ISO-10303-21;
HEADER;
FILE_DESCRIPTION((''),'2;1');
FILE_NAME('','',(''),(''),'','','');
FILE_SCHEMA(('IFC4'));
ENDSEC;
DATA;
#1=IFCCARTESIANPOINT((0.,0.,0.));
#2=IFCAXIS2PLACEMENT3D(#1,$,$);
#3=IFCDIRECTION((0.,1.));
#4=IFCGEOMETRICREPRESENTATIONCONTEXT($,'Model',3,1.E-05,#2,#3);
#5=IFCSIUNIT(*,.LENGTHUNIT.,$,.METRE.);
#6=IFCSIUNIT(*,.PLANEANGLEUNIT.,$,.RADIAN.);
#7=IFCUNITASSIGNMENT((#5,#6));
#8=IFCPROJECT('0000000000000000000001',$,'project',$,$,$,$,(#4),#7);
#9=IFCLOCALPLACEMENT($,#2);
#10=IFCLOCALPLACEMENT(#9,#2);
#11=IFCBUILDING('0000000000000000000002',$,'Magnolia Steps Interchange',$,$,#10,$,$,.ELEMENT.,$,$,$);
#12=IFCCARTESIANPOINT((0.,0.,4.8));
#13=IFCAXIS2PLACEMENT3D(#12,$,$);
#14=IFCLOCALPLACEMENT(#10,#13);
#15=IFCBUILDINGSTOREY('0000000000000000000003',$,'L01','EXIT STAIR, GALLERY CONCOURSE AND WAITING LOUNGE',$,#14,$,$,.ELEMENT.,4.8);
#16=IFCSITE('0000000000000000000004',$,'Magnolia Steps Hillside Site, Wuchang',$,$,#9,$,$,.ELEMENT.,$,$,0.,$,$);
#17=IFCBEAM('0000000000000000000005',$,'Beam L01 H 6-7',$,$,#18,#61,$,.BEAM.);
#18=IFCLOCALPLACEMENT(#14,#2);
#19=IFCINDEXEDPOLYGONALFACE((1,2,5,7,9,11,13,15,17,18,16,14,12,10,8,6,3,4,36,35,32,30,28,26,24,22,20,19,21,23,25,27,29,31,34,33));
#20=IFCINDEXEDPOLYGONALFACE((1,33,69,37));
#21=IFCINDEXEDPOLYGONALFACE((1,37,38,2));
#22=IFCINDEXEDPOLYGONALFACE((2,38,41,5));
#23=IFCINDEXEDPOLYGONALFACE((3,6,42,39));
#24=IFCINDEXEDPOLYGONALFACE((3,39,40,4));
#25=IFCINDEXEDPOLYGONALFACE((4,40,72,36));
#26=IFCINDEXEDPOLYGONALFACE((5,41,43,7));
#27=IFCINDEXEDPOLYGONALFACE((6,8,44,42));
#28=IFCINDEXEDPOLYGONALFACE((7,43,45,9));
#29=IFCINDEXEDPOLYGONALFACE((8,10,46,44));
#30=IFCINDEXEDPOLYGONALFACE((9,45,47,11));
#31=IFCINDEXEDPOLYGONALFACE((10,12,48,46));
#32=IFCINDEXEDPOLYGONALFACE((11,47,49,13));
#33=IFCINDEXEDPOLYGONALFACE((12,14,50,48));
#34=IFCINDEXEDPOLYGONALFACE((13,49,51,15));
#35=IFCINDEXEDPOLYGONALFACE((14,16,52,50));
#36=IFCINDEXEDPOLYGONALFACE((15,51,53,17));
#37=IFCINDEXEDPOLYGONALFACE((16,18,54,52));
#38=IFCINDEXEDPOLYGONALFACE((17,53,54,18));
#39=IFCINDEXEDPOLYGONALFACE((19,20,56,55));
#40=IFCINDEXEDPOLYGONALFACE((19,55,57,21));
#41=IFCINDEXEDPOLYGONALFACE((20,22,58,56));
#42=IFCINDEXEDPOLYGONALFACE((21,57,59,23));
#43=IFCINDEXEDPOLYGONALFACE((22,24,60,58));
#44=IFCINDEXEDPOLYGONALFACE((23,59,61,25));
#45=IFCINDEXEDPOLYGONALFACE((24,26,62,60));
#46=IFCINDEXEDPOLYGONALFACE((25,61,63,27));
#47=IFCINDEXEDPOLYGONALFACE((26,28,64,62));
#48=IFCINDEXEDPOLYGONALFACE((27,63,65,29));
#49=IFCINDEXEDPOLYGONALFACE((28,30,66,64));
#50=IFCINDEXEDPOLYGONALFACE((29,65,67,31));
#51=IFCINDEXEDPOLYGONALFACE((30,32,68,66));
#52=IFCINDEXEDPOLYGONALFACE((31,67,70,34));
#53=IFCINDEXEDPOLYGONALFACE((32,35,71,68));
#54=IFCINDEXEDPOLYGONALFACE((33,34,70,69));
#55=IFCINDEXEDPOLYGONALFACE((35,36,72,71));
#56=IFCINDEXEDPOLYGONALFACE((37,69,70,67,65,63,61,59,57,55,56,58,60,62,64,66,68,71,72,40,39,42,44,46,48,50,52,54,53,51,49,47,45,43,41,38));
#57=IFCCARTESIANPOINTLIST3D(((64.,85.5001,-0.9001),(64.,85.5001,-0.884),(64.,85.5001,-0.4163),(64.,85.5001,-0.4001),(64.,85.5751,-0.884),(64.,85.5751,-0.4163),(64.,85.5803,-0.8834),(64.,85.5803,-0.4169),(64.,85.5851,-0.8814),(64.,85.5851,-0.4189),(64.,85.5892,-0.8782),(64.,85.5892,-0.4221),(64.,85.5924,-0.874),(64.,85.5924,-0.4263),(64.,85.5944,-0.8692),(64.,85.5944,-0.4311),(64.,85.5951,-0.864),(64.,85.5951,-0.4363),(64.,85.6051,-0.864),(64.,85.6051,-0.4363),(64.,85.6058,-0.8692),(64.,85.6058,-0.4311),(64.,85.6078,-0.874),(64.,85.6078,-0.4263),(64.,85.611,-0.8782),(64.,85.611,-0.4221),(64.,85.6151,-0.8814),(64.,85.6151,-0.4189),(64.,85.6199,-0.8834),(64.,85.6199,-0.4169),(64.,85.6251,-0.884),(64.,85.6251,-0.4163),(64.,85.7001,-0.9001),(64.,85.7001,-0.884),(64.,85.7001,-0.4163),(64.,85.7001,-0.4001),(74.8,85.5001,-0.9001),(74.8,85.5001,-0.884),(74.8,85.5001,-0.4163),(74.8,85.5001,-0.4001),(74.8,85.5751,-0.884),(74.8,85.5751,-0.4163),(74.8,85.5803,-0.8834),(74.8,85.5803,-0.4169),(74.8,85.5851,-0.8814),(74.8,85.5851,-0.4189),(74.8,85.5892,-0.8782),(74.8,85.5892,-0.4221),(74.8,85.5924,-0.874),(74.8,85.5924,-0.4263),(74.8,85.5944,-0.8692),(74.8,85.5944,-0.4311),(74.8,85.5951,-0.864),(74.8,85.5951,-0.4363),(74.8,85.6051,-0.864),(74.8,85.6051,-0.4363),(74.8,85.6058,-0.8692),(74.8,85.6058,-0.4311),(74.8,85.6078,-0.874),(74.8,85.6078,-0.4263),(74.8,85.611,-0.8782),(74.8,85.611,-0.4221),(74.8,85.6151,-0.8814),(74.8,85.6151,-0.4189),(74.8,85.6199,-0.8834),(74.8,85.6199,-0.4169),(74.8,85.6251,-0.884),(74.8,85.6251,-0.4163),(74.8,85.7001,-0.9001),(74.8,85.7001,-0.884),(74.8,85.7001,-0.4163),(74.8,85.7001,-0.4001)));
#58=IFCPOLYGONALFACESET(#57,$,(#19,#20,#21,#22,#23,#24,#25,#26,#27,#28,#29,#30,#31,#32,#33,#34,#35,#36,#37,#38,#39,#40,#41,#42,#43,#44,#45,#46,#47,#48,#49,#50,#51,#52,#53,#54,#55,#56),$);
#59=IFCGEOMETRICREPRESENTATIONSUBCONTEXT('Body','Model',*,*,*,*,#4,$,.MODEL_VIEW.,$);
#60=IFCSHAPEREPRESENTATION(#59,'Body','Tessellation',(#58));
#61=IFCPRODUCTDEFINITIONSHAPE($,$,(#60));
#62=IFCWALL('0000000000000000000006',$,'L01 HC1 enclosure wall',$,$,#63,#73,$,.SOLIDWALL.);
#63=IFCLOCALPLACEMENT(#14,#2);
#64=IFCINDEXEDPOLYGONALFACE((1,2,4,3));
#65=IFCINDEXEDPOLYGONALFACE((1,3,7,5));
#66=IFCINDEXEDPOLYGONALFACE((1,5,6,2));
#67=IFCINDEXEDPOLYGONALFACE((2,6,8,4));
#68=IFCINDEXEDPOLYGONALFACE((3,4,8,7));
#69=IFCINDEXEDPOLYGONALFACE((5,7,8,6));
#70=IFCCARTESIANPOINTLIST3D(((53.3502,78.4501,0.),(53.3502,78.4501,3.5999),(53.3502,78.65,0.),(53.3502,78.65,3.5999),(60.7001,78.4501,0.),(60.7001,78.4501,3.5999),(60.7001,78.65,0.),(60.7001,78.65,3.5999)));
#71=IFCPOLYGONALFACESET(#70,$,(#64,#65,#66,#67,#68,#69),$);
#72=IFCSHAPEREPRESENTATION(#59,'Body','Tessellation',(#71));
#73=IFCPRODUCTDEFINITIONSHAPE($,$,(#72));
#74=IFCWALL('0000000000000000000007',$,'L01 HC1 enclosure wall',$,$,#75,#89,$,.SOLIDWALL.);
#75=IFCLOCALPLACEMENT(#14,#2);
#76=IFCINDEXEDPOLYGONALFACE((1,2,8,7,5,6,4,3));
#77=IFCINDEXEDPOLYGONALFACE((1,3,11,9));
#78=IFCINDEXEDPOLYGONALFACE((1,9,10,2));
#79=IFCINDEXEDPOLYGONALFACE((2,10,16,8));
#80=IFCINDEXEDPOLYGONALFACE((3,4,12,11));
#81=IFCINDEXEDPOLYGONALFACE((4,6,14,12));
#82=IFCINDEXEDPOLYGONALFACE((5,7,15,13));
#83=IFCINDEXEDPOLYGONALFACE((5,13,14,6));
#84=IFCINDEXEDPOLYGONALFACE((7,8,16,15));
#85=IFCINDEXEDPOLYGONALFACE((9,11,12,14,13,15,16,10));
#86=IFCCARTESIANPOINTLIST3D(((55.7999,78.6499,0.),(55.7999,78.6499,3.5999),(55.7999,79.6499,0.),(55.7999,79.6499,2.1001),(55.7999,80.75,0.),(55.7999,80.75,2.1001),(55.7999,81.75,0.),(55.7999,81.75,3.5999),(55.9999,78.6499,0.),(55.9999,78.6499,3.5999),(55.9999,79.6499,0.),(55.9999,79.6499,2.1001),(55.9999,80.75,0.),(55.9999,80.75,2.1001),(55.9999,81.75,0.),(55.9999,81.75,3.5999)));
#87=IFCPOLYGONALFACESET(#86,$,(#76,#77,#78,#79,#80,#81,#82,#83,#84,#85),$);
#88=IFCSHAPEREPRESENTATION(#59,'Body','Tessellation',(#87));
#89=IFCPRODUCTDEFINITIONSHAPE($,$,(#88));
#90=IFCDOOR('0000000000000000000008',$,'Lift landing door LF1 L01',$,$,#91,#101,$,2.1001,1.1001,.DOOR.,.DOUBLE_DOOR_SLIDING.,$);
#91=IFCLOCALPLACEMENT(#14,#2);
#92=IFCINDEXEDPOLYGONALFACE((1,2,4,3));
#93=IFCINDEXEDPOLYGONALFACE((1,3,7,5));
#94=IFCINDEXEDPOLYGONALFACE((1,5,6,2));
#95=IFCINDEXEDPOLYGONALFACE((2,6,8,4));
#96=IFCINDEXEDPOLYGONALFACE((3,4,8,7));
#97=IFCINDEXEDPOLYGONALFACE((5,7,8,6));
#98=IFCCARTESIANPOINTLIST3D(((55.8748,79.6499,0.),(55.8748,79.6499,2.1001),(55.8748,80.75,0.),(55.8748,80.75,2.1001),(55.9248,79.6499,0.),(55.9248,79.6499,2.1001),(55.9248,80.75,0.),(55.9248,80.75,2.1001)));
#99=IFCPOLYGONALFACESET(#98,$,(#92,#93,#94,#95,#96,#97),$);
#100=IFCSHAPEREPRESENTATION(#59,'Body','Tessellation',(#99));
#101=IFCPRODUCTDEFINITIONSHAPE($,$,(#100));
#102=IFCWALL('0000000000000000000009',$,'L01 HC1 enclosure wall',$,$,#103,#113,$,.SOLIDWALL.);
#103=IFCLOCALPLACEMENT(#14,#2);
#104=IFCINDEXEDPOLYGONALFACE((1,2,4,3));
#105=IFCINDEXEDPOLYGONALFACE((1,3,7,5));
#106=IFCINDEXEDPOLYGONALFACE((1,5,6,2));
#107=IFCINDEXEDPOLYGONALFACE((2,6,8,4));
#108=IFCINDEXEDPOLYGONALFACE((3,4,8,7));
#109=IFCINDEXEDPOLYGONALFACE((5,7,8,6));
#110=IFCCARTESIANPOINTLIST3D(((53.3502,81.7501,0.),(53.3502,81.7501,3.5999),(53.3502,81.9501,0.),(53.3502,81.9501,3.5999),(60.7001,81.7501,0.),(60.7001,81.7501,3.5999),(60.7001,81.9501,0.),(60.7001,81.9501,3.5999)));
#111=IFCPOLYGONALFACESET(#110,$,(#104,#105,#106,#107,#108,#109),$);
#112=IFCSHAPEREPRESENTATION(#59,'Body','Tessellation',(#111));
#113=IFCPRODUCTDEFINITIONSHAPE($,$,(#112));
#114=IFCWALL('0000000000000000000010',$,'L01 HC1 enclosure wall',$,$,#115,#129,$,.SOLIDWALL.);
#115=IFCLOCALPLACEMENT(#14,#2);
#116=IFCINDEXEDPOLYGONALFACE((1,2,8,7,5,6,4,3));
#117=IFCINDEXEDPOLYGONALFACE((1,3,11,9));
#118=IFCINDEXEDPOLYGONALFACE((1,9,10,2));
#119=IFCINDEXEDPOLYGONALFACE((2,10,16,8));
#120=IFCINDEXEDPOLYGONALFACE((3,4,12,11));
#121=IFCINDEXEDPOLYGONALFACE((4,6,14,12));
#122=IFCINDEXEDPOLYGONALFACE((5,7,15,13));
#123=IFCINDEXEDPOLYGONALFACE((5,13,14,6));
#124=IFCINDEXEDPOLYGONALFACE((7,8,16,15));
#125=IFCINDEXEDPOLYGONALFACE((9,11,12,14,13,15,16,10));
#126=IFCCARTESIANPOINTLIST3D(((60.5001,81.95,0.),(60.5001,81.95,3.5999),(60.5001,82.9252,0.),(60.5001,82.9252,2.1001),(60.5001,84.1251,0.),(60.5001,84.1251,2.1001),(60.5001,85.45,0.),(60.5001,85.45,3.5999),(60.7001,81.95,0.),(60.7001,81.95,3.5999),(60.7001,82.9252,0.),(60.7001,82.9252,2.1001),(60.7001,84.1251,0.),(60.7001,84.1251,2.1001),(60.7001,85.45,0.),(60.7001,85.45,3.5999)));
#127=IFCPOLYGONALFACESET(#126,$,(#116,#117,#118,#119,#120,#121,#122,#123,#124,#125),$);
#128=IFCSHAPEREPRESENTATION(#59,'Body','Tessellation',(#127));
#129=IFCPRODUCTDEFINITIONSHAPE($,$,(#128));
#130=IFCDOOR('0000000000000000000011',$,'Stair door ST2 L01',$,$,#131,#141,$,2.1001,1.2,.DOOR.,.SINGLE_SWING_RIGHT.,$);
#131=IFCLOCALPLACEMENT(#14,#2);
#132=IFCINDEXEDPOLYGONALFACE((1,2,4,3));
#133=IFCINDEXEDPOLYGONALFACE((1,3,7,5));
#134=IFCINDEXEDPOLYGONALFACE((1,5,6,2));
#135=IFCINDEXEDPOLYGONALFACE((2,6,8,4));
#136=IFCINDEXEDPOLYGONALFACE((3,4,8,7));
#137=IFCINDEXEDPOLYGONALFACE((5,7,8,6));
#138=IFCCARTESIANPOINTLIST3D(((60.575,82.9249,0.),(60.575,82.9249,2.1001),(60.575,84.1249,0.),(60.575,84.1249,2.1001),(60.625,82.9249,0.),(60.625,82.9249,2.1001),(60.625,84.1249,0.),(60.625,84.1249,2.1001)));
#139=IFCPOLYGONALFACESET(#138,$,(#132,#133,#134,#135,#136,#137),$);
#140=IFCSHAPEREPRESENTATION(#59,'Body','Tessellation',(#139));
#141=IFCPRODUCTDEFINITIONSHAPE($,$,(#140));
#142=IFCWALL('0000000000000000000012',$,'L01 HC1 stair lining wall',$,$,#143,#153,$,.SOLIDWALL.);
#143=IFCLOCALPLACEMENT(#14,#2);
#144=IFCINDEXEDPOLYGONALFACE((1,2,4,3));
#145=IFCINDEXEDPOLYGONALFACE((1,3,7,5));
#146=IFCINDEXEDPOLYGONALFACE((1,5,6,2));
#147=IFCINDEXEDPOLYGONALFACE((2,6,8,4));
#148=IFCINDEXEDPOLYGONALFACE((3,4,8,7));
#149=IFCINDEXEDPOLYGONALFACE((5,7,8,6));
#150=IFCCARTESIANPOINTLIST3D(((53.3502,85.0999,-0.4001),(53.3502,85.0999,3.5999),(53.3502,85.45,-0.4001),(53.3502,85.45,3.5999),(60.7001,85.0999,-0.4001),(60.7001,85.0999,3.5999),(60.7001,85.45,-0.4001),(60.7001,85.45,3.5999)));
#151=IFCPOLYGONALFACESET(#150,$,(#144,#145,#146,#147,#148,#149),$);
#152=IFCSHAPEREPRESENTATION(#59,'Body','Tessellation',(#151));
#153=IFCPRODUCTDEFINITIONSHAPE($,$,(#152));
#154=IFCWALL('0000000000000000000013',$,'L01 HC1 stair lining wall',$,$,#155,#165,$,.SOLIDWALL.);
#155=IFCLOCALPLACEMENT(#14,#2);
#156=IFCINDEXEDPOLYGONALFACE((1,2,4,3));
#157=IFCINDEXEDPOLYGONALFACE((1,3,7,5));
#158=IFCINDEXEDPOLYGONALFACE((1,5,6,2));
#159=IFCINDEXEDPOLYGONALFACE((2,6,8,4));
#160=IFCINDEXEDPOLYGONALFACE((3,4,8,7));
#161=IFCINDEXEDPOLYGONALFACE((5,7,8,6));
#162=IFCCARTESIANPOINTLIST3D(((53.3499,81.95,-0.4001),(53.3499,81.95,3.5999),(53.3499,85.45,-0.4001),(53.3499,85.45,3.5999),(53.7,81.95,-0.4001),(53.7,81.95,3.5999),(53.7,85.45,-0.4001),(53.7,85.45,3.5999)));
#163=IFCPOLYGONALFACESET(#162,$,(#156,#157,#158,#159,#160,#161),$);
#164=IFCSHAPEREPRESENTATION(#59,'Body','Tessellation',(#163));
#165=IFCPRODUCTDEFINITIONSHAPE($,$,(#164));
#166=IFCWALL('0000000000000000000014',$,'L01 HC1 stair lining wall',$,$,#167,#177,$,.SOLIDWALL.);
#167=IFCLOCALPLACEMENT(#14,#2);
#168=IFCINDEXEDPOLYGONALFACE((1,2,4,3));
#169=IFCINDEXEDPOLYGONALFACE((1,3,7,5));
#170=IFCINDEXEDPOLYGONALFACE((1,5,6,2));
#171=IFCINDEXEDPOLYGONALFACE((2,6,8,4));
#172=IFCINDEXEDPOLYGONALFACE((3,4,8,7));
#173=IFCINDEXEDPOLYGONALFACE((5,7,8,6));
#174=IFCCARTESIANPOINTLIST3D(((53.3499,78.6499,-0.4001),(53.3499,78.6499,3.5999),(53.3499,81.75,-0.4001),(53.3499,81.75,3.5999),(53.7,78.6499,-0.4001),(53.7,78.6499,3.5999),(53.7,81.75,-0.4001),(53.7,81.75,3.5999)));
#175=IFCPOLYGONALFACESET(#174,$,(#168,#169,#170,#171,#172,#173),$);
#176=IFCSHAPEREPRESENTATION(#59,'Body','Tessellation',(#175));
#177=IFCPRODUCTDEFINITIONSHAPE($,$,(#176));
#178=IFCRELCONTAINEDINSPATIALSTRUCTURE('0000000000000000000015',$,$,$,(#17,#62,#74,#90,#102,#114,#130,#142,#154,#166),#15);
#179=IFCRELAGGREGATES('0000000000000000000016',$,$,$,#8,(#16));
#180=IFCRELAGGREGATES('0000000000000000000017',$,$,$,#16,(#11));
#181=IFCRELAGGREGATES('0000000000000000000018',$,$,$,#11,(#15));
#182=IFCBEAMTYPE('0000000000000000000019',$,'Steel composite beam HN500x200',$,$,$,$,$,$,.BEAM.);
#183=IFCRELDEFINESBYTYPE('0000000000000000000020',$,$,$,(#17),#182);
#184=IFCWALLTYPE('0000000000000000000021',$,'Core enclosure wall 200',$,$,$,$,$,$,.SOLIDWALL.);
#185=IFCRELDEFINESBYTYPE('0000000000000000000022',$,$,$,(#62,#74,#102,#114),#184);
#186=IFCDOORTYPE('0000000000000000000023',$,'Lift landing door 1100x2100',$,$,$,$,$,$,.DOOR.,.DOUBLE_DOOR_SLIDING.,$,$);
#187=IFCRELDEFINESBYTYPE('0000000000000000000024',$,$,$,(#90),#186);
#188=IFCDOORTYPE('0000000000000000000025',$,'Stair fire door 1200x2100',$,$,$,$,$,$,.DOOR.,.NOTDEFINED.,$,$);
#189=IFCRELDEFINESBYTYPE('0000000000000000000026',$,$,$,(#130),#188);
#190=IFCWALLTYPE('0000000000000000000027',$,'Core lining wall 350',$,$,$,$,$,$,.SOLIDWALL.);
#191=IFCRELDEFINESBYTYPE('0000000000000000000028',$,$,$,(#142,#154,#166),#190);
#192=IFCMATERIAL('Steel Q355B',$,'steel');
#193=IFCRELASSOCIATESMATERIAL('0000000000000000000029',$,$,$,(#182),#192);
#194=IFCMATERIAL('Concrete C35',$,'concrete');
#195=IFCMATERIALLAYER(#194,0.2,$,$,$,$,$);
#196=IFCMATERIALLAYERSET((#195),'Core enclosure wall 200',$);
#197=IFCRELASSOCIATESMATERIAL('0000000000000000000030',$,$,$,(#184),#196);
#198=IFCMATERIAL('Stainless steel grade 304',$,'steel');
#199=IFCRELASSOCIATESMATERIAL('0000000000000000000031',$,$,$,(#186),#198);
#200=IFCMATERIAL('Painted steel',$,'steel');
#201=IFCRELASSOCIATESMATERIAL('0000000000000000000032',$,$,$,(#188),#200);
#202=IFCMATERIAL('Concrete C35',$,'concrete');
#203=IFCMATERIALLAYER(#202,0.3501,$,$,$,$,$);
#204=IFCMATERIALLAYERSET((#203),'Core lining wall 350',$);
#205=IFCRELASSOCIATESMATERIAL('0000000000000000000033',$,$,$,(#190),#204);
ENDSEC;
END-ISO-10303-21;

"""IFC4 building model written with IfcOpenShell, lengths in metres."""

from ifc_helpers import new_model, si_unit, direction, frame, frame_2d, origin, origin_2d, place, context, subcontext, project, spatial, rectangle, i_section, extrude, material, layer, layer_set, material_profile, profile_set, type_object, element, fill, save


model = new_model("IFC4")

# Units and contexts
model_context = context("Model", 3, precision=1e-05, world=origin(), true_north=direction((0.0, 1.0)))
body_context = subcontext(model_context, "Body", "Model", "MODEL_VIEW")
ifc_project = project(units=[si_unit("LENGTHUNIT", "METRE"), si_unit("PLANEANGLEUNIT", "RADIAN")], contexts=[model_context])

# Site, building, storey
site_placement = place(None, origin())
site = spatial("IfcSite", under=ifc_project, at=site_placement, Name="Magnolia Steps Hillside Site, Wuchang", CompositionType="ELEMENT", RefElevation=0.0)
building_placement = place(site_placement, origin())
building = spatial("IfcBuilding", under=site, at=building_placement, Name="Magnolia Steps Interchange", CompositionType="ELEMENT")
storey_placement = place(building_placement, frame((0.0, 0.0, 4.8)))
storey = spatial("IfcBuildingStorey", under=building, at=storey_placement, Name="L01", Description="EXIT STAIR, GALLERY CONCOURSE AND WAITING LOUNGE", CompositionType="ELEMENT", Elevation=4.8)

# Beam
ifc_material_1 = material(Name="Steel Q355B", Category="steel")
ifc_material_profile_1 = material_profile(ifc_material_1, i_section(OverallWidth=0.2, OverallDepth=0.5, WebThickness=0.01, FlangeThickness=0.0161, FilletRadius=0.02, at=origin_2d()), Name="HN500x200")
ifc_profile_set_1 = profile_set([ifc_material_profile_1], Name="Steel Q355B")
beam_type_1 = type_object("IfcBeamType", Name="Steel composite beam HN500x200", PredefinedType="BEAM", material=ifc_profile_set_1)
beam_1_placement = place(storey_placement, frame((64.0, 85.6001, -0.6501), z_axis=(1.0, 0.0, 0.0), x_axis=(0.0, 1.0, 0.0)))
element("IfcBeam", 1, at=beam_1_placement, inside=storey, type_object=beam_type_1, Name="Beam L01 H 6-7", PredefinedType="BEAM", context=body_context, shape_type="SweptSolid", body=[
    extrude(i_section(OverallWidth=0.2, OverallDepth=0.5, WebThickness=0.01, FlangeThickness=0.0161, FilletRadius=0.02, at=origin_2d()), origin(), (0.0, 0.0, 1.0), 10.8),
])

# Wall
ifc_material_2 = material(Name="Concrete C35", Category="concrete")
ifc_layer_1 = layer(ifc_material_2, 0.2)
ifc_layer_set_1 = layer_set([ifc_layer_1], Name="Core enclosure wall 200")
wall_type_1 = type_object("IfcWallType", Name="Core enclosure wall 200", PredefinedType="SOLIDWALL", material=ifc_layer_set_1)
wall_1_placement = place(storey_placement, frame((60.7, 78.55, 0.0), z_axis=(0.0, 0.0, 1.0), x_axis=(-1.0, 0.0, 0.0)))
element("IfcWall", 2, at=wall_1_placement, inside=storey, type_object=wall_type_1, Name="L01 HC1 enclosure wall", PredefinedType="SOLIDWALL", context=body_context, shape_type="SweptSolid", body=[
    extrude(rectangle(XDim=7.3499, YDim=0.2, at=frame_2d((3.6748, 0.0))), origin(), (0.0, 0.0, 1.0), 3.5999),
])

# Wall, opening, door
wall_2_placement = place(storey_placement, frame((55.8999, 78.6499, 0.0), z_axis=(0.0, 0.0, 1.0), x_axis=(0.0, 1.0, 0.0)))
wall_2 = element("IfcWall", 3, at=wall_2_placement, inside=storey, type_object=wall_type_1, Name="L01 HC1 enclosure wall", PredefinedType="SOLIDWALL", context=body_context, shape_type="SweptSolid", body=[
    extrude(rectangle(XDim=3.1001, YDim=0.2, at=frame_2d((1.55, 0.0))), origin(), (0.0, 0.0, 1.0), 3.5999),
])
opening_1_placement = place(wall_2_placement, frame((1.0, 0.0, 0.0)))
opening_1 = element("IfcOpeningElement", 4, at=opening_1_placement, cuts=wall_2, PredefinedType="OPENING", context=body_context, shape_type="SweptSolid", body=[
    extrude(rectangle(XDim=1.1001, YDim=2.1001, at=frame_2d((0.55, 1.05))), frame((0.0, 0.1099, 0.0), z_axis=(0.0, -1.0, 0.0), x_axis=(1.0, 0.0, 0.0)), (0.0, 0.0, 1.0), 0.22),
])
ifc_material_3 = material(Name="Stainless steel grade 304", Category="steel")
door_type_1 = type_object("IfcDoorType", Name="Lift landing door 1100x2100", OperationType="DOUBLE_DOOR_SLIDING", PredefinedType="DOOR", material=ifc_material_3)
door_1_placement = place(opening_1_placement, frame((1.1001, 0.0, 0.0), z_axis=(0.0, 0.0, 1.0), x_axis=(-1.0, 0.0, 0.0)))
door_1 = element("IfcDoor", 5, at=door_1_placement, inside=storey, type_object=door_type_1, Name="Lift landing door LF1 L01", OperationType="DOUBLE_DOOR_SLIDING", OverallHeight=2.1001, OverallWidth=1.1001, PredefinedType="DOOR", context=body_context, shape_type="SweptSolid", body=[
    extrude(rectangle(XDim=1.1001, YDim=2.1001, at=frame_2d((0.55, 1.05))), frame((0.0, 0.0249, 0.0), z_axis=(0.0, -1.0, 0.0), x_axis=(1.0, 0.0, 0.0)), (0.0, 0.0, 1.0), 0.05),
])
fill(opening_1, door_1)

# Wall
wall_3_placement = place(storey_placement, frame((60.7, 81.8501, 0.0), z_axis=(0.0, 0.0, 1.0), x_axis=(-1.0, 0.0, 0.0)))
element("IfcWall", 6, at=wall_3_placement, inside=storey, type_object=wall_type_1, Name="L01 HC1 enclosure wall", PredefinedType="SOLIDWALL", context=body_context, shape_type="SweptSolid", body=[
    extrude(rectangle(XDim=7.3499, YDim=0.2, at=frame_2d((3.6748, 0.0))), origin(), (0.0, 0.0, 1.0), 3.5999),
])

# Wall, opening, door
wall_4_placement = place(storey_placement, frame((60.6001, 81.95, 0.0), z_axis=(0.0, 0.0, 1.0), x_axis=(0.0, 1.0, 0.0)))
wall_4 = element("IfcWall", 7, at=wall_4_placement, inside=storey, type_object=wall_type_1, Name="L01 HC1 enclosure wall", PredefinedType="SOLIDWALL", context=body_context, shape_type="SweptSolid", body=[
    extrude(rectangle(XDim=3.5, YDim=0.2, at=frame_2d((1.75, 0.0))), origin(), (0.0, 0.0, 1.0), 3.5999),
])
opening_2_placement = place(wall_4_placement, frame((0.9751, 0.0, 0.0)))
opening_2 = element("IfcOpeningElement", 8, at=opening_2_placement, cuts=wall_4, PredefinedType="OPENING", context=body_context, shape_type="SweptSolid", body=[
    extrude(rectangle(XDim=1.2, YDim=2.1001, at=frame_2d((0.6001, 1.05))), frame((0.0, 0.1099, 0.0), z_axis=(0.0, -1.0, 0.0), x_axis=(1.0, 0.0, 0.0)), (0.0, 0.0, 1.0), 0.22),
])
ifc_material_4 = material(Name="Painted steel", Category="steel")
door_type_2 = type_object("IfcDoorType", Name="Stair fire door 1200x2100", OperationType="NOTDEFINED", PredefinedType="DOOR", material=ifc_material_4)
door_2_placement = place(opening_2_placement, frame((1.2, 0.0, 0.0), z_axis=(0.0, 0.0, 1.0), x_axis=(-1.0, 0.0, 0.0)))
door_2 = element("IfcDoor", 9, at=door_2_placement, inside=storey, type_object=door_type_2, Name="Stair door ST2 L01", OperationType="SINGLE_SWING_RIGHT", OverallHeight=2.1001, OverallWidth=1.2, PredefinedType="DOOR", context=body_context, shape_type="SweptSolid", body=[
    extrude(rectangle(XDim=1.2, YDim=2.1001, at=frame_2d((0.6001, 1.05))), frame((0.0, 0.0249, 0.0), z_axis=(0.0, -1.0, 0.0), x_axis=(1.0, 0.0, 0.0)), (0.0, 0.0, 1.0), 0.05),
])
fill(opening_2, door_2)

# Walls
ifc_material_5 = material(Name="Concrete C35", Category="concrete")
ifc_layer_2 = layer(ifc_material_5, 0.3501)
ifc_layer_set_2 = layer_set([ifc_layer_2], Name="Core lining wall 350")
wall_type_2 = type_object("IfcWallType", Name="Core lining wall 350", PredefinedType="SOLIDWALL", material=ifc_layer_set_2)
wall_5_placement = place(storey_placement, frame((60.7, 85.2749, -0.4001), z_axis=(0.0, 0.0, 1.0), x_axis=(-1.0, 0.0, 0.0)))
element("IfcWall", 10, at=wall_5_placement, inside=storey, type_object=wall_type_2, Name="L01 HC1 stair lining wall", PredefinedType="SOLIDWALL", context=body_context, shape_type="SweptSolid", body=[
    extrude(rectangle(XDim=7.3499, YDim=0.3501, at=frame_2d((3.6748, 0.0))), origin(), (0.0, 0.0, 1.0), 4.0),
])
wall_6_placement = place(storey_placement, frame((53.5249, 81.95, -0.4001), z_axis=(0.0, 0.0, 1.0), x_axis=(0.0, 1.0, 0.0)))
element("IfcWall", 11, at=wall_6_placement, inside=storey, type_object=wall_type_2, Name="L01 HC1 stair lining wall", PredefinedType="SOLIDWALL", context=body_context, shape_type="SweptSolid", body=[
    extrude(rectangle(XDim=3.5, YDim=0.3501, at=frame_2d((1.75, 0.0))), origin(), (0.0, 0.0, 1.0), 4.0),
])
wall_7_placement = place(storey_placement, frame((53.5249, 78.6499, -0.4001), z_axis=(0.0, 0.0, 1.0), x_axis=(0.0, 1.0, 0.0)))
element("IfcWall", 12, at=wall_7_placement, inside=storey, type_object=wall_type_2, Name="L01 HC1 stair lining wall", PredefinedType="SOLIDWALL", context=body_context, shape_type="SweptSolid", body=[
    extrude(rectangle(XDim=3.1001, YDim=0.3501, at=frame_2d((1.55, 0.0))), origin(), (0.0, 0.0, 1.0), 4.0),
])

save(model, "model.ifc")
